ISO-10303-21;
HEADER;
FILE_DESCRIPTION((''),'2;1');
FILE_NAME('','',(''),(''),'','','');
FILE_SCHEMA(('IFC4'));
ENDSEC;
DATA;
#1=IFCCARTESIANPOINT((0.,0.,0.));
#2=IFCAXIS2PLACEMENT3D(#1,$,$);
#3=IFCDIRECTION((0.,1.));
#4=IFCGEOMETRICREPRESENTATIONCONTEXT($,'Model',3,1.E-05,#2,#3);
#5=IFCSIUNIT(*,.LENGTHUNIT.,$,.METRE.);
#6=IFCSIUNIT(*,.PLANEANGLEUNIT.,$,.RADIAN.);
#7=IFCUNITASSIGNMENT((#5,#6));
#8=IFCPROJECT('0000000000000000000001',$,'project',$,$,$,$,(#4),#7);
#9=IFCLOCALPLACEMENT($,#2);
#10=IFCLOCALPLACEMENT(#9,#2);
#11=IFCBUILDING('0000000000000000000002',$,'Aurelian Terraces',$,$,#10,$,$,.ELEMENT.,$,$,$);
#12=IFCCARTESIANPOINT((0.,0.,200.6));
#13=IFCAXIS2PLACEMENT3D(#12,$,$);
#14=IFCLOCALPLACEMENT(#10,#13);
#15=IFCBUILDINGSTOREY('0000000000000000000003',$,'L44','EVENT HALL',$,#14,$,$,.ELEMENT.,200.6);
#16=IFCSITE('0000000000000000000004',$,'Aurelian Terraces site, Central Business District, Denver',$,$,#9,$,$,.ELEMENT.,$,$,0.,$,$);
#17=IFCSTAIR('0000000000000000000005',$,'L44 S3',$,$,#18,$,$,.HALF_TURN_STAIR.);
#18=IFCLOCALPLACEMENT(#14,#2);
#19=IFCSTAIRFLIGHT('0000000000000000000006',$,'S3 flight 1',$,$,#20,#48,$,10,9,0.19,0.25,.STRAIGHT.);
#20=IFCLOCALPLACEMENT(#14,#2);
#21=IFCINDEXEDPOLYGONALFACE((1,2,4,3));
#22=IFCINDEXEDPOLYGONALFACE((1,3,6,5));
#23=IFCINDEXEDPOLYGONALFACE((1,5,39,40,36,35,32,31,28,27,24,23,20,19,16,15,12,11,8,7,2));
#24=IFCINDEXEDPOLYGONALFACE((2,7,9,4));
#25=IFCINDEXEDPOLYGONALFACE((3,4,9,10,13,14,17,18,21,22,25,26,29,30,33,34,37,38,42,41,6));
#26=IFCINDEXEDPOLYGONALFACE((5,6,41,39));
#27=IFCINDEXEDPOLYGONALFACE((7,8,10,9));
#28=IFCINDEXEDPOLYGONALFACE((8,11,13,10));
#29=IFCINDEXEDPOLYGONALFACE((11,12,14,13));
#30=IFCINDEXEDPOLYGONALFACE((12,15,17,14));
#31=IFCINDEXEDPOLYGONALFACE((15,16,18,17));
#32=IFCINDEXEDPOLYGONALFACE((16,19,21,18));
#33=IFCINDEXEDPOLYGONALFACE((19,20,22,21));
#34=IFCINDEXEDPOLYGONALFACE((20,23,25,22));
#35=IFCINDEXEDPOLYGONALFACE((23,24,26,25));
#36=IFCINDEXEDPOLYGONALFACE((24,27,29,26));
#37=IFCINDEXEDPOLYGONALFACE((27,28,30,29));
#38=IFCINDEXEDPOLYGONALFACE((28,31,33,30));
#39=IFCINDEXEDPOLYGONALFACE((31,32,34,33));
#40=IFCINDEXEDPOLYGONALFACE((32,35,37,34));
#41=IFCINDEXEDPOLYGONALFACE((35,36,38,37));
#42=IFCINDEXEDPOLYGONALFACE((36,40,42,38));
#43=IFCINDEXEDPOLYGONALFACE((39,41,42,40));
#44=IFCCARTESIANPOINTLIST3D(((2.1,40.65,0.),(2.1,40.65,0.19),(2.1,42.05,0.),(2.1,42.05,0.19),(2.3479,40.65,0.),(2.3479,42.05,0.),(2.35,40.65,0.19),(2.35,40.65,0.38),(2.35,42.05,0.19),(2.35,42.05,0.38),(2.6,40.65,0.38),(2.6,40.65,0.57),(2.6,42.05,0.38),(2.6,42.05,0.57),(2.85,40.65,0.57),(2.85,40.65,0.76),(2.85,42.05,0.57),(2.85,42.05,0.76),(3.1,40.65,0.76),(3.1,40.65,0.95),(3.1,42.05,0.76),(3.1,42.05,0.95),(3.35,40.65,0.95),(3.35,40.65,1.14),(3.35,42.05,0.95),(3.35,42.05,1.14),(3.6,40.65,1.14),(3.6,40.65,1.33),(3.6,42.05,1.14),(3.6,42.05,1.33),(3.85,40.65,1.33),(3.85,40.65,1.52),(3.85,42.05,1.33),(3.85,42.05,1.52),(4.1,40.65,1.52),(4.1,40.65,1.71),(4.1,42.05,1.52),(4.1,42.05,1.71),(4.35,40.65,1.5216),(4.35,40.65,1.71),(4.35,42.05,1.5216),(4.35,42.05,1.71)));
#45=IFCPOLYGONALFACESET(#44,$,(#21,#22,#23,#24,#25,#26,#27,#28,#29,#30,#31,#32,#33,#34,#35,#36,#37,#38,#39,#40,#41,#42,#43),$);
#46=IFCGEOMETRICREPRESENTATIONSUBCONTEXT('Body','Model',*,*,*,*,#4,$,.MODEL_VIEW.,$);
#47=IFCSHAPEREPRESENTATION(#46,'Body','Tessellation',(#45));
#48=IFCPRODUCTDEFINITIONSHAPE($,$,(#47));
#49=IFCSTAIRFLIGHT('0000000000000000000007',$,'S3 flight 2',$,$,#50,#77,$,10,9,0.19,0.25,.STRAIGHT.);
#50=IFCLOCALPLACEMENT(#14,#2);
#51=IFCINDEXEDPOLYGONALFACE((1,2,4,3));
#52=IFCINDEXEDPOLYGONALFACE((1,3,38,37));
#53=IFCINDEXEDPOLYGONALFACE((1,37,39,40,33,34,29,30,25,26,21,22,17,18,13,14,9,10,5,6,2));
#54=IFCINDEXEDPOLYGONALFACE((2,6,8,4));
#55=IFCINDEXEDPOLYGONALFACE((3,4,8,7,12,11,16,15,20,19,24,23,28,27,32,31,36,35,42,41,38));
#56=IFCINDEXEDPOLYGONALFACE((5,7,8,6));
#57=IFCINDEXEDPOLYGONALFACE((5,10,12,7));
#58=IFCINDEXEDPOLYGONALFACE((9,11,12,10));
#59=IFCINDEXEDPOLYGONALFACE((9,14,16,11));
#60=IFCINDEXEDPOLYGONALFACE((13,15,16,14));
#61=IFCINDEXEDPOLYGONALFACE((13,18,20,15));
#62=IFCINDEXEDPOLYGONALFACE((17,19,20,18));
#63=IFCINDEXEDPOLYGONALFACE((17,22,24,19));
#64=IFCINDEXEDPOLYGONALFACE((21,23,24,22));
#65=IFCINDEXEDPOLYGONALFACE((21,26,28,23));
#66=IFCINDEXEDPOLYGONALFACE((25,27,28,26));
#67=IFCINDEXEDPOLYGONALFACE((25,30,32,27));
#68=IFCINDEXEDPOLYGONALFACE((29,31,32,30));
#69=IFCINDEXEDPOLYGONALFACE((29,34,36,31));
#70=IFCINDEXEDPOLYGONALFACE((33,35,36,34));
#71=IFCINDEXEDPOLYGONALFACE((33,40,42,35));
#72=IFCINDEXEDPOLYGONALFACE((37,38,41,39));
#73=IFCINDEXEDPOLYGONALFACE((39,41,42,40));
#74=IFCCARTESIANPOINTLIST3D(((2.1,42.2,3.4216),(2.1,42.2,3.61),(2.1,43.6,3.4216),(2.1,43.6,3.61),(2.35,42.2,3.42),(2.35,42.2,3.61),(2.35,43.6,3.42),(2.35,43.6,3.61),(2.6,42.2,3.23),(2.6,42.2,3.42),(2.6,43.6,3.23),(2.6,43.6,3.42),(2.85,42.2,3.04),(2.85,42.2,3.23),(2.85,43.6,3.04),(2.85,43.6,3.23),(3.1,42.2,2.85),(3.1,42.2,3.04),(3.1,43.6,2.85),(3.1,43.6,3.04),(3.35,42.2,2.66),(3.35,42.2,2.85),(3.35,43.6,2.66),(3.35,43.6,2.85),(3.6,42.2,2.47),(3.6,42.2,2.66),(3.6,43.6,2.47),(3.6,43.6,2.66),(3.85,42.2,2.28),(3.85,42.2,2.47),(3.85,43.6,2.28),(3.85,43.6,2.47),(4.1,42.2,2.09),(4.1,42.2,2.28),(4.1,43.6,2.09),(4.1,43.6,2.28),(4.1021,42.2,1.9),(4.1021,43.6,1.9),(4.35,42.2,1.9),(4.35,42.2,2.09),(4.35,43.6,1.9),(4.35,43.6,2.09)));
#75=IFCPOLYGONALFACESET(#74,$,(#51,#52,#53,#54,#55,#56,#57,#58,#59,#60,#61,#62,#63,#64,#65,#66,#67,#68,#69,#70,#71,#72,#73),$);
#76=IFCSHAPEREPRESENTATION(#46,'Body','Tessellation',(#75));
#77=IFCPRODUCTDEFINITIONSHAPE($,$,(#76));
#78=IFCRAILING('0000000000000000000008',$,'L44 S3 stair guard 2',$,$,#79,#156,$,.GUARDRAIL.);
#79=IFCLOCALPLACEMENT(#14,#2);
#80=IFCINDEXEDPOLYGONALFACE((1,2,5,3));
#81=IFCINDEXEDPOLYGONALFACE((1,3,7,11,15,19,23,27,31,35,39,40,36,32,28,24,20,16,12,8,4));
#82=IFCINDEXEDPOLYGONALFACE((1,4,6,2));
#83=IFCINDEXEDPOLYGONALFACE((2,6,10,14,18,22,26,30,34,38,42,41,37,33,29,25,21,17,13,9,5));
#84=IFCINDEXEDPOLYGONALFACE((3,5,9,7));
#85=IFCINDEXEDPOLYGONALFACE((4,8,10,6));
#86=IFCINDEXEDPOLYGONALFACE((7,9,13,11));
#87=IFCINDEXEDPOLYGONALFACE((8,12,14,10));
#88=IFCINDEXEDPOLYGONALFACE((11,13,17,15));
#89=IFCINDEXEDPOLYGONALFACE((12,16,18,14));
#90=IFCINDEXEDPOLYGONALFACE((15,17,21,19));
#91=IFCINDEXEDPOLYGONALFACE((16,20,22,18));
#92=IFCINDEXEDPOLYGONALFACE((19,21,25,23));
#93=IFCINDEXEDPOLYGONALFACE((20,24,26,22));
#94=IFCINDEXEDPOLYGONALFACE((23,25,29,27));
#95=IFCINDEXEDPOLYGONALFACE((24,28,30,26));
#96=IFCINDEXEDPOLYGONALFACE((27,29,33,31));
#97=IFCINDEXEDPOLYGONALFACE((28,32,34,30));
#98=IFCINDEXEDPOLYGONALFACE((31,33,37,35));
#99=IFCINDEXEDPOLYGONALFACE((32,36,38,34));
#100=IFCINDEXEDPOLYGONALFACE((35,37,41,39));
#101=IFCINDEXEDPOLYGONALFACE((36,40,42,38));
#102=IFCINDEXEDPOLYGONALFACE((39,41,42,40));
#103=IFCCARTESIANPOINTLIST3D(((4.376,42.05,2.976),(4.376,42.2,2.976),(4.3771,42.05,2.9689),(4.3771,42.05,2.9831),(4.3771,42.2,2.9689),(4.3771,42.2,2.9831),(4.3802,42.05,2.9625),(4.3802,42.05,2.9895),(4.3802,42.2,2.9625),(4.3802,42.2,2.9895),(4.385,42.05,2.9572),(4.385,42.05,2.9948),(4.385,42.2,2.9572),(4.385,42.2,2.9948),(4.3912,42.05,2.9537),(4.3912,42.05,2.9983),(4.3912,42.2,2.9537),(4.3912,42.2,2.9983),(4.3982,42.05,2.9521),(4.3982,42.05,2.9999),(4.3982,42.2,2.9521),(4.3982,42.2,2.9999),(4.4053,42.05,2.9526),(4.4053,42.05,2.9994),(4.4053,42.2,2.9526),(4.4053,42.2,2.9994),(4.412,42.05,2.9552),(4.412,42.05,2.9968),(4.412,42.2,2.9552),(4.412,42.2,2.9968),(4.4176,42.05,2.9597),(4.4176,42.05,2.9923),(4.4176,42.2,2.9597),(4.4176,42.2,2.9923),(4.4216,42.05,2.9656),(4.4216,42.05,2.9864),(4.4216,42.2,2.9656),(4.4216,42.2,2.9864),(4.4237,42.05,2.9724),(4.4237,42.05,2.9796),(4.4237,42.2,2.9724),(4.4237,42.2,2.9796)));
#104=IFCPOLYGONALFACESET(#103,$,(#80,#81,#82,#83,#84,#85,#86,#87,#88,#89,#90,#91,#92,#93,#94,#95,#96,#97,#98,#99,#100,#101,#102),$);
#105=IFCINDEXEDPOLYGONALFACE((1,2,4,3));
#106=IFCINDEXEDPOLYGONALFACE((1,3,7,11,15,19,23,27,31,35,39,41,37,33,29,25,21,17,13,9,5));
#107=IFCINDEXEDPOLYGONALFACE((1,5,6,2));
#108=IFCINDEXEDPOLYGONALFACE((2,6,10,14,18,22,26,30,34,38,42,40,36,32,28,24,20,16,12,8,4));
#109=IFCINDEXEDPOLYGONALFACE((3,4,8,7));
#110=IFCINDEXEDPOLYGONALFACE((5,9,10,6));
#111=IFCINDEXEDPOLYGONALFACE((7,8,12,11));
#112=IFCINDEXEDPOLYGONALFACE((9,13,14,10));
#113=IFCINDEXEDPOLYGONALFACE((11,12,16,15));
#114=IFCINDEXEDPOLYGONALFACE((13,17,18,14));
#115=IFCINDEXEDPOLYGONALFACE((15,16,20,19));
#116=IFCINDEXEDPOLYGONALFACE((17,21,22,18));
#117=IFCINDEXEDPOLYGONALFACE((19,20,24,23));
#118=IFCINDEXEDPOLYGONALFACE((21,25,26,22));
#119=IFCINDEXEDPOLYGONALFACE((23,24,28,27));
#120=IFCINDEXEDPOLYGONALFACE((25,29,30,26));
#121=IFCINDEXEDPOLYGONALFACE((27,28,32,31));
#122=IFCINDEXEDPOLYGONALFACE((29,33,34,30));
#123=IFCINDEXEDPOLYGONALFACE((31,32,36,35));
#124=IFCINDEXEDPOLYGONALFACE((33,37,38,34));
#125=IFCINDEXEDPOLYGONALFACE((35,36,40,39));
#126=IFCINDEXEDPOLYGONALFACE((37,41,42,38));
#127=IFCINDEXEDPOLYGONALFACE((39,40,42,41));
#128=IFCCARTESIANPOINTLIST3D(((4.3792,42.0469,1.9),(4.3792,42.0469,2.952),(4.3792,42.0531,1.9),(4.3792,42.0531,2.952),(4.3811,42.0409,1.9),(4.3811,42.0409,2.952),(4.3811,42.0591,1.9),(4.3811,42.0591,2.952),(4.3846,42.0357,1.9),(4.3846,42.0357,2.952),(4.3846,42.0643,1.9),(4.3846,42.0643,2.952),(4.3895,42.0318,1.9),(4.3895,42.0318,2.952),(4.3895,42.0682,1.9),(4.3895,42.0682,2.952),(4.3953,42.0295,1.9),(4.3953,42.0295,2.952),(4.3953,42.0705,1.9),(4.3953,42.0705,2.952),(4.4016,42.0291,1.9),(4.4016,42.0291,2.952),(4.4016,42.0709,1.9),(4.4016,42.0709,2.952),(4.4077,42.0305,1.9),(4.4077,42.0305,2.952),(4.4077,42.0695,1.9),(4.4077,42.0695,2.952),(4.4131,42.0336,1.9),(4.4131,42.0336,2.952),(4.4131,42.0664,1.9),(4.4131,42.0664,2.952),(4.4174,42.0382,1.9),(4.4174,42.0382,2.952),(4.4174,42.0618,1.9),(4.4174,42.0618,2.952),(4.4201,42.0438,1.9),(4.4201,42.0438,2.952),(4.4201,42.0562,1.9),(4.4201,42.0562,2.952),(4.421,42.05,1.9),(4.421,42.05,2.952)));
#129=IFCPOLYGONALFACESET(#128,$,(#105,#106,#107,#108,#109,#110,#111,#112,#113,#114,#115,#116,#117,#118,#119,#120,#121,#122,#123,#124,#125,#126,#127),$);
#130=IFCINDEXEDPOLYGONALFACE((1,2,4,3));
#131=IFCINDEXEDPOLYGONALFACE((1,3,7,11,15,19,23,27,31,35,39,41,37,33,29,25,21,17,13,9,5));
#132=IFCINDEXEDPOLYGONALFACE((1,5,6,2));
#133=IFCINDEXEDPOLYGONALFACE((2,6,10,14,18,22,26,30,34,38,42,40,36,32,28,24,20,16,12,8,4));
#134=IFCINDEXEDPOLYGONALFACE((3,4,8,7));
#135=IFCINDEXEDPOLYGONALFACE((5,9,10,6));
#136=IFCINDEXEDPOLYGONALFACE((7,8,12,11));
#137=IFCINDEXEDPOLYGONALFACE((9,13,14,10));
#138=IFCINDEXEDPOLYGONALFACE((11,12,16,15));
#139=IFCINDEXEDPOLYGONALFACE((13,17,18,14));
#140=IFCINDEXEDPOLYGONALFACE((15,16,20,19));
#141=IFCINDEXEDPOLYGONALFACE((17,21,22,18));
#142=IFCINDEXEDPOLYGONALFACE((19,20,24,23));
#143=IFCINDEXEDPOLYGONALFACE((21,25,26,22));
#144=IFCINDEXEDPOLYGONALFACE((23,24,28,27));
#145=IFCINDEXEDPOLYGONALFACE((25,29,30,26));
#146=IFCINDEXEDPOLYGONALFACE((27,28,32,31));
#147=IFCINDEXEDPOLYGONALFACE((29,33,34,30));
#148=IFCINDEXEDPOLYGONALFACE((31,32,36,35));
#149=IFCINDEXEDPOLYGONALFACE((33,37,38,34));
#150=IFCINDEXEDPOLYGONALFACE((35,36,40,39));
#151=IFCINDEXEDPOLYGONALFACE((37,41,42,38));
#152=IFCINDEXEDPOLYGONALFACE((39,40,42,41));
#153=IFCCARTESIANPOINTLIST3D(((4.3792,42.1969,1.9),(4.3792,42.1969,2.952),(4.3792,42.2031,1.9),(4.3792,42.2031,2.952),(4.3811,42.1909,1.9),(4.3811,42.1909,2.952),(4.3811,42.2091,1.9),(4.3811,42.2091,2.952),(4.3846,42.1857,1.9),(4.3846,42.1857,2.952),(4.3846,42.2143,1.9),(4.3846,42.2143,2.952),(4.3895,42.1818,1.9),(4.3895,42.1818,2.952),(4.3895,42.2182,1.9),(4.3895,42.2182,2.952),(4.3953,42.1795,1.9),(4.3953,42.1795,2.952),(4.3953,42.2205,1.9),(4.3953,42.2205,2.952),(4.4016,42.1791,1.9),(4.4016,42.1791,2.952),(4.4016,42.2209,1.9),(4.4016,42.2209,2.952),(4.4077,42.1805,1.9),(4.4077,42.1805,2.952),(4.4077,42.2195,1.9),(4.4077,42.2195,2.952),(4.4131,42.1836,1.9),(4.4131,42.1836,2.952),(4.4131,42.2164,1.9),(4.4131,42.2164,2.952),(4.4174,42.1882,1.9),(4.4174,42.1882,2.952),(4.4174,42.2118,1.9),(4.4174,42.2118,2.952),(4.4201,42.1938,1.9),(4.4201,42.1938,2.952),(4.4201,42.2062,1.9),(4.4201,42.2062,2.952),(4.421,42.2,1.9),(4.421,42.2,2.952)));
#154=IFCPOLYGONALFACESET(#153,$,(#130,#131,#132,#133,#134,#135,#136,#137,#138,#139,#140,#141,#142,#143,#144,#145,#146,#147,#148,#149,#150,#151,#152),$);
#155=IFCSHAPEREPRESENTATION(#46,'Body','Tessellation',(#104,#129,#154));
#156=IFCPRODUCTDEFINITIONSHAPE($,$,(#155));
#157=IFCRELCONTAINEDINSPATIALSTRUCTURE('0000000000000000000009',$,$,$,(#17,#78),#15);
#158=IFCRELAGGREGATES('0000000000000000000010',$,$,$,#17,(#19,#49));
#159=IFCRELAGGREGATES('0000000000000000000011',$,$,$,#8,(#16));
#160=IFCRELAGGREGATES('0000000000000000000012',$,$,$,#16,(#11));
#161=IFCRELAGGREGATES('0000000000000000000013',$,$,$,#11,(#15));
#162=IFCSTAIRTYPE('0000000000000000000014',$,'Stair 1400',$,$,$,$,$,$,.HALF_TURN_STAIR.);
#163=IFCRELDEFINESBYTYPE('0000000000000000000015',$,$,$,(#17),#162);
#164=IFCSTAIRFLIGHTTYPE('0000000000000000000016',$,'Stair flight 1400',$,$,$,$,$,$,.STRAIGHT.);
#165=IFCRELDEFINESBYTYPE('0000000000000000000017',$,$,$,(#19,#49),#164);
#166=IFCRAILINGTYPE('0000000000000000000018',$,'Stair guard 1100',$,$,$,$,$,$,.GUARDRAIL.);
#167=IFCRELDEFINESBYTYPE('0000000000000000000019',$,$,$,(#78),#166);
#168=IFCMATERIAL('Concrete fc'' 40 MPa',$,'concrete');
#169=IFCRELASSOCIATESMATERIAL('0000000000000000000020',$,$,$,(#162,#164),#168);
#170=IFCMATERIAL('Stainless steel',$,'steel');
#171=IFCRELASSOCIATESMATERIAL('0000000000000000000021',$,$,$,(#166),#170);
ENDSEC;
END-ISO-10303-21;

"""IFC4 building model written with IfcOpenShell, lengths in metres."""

from ifc_helpers import new_model, si_unit, direction, frame, origin, origin_2d, place, context, subcontext, project, spatial, polyline, circle, outline, extrude, source, transform, mapped, material, type_object, element, aggregate, save


model = new_model("IFC4")

# Units and contexts
model_context = context("Model", 3, precision=1e-05, world=origin(), true_north=direction((0.0, 1.0)))
body_context = subcontext(model_context, "Body", "Model", "MODEL_VIEW")
ifc_project = project(units=[si_unit("LENGTHUNIT", "METRE"), si_unit("PLANEANGLEUNIT", "RADIAN")], contexts=[model_context])

# Site, building, storey
site_placement = place(None, origin())
site = spatial("IfcSite", under=ifc_project, at=site_placement, Name="Aurelian Terraces site, Central Business District, Denver", CompositionType="ELEMENT", RefElevation=0.0)
building_placement = place(site_placement, origin())
building = spatial("IfcBuilding", under=site, at=building_placement, Name="Aurelian Terraces", CompositionType="ELEMENT")
storey_placement = place(building_placement, frame((0.0, 0.0, 200.6)))
storey = spatial("IfcBuildingStorey", under=building, at=storey_placement, Name="L44", Description="EVENT HALL", CompositionType="ELEMENT", Elevation=200.6)

# Shared definitions
ifc_material_1 = material(Name="Concrete fc' 40 MPa", Category="concrete")

# Stair, stair flights
stair_type = type_object("IfcStairType", Name="Stair 1400", PredefinedType="HALF_TURN_STAIR", material=ifc_material_1)
stair_placement = place(storey_placement, origin())
stair = element("IfcStair", 1, at=stair_placement, inside=storey, type_object=stair_type, Name="L44 S3", PredefinedType="HALF_TURN_STAIR")
stair_flight_type = type_object("IfcStairFlightType", Name="Stair flight 1400", PredefinedType="STRAIGHT", material=ifc_material_1)
shared_shape_1 = source(origin(), body_context, "Body", "SweptSolid", [
    extrude(outline(polyline([(0.0, 0.0), (0.0, 0.19), (0.25, 0.19), (0.25, 0.38), (0.5, 0.38), (0.5, 0.57), (0.75, 0.57), (0.75, 0.76), (1.0, 0.76), (1.0, 0.95), (1.25, 0.95), (1.25, 1.14), (1.5, 1.14), (1.5, 1.33), (1.75, 1.33), (1.75, 1.52), (2.0, 1.52), (2.0, 1.71), (2.25, 1.71), (2.25, 1.9), (2.25, 1.5216), (0.2479, 0.0), (0.0, 0.0)])), frame((0.0, 0.7, 0.0), z_axis=(0.0, -1.0, 0.0), x_axis=(1.0, 0.0, 0.0)), (0.0, 0.0, 1.0), 1.4),
])
stair_flight_1_placement = place(storey_placement, frame((2.1, 41.35, 0.0), z_axis=(0.0, 0.0, 1.0), x_axis=(1.0, 0.0, 0.0)))
stair_flight_1 = element("IfcStairFlight", 2, at=stair_flight_1_placement, type_object=stair_flight_type, Name="S3 flight 1", NumberOfRisers=10, NumberOfTreads=9, PredefinedType="STRAIGHT", RiserHeight=0.19, TreadLength=0.25, context=body_context, shape_type="MappedRepresentation", body=[
    mapped(shared_shape_1, transform((0.0, 0.0, 0.0), scale=1.0)),
])
stair_flight_2_placement = place(storey_placement, frame((4.35, 42.9, 1.9), z_axis=(0.0, 0.0, 1.0), x_axis=(-1.0, 0.0, 0.0)))
stair_flight_2 = element("IfcStairFlight", 3, at=stair_flight_2_placement, type_object=stair_flight_type, Name="S3 flight 2", NumberOfRisers=10, NumberOfTreads=9, PredefinedType="STRAIGHT", RiserHeight=0.19, TreadLength=0.25, context=body_context, shape_type="MappedRepresentation", body=[
    mapped(shared_shape_1, transform((0.0, 0.0, 0.0), scale=1.0)),
])
aggregate(stair, [stair_flight_1, stair_flight_2])

# Railing
ifc_material_2 = material(Name="Stainless steel", Category="steel")
railing_type_1 = type_object("IfcRailingType", Name="Stair guard 1100", PredefinedType="GUARDRAIL", material=ifc_material_2)
shared_shape_2 = source(origin(), body_context, "Body", "SweptSolid", [
    extrude(circle(Radius=0.024, at=origin_2d()), frame((0.0, 0.0, 1.076), z_axis=(0.0, 1.0, 0.0), x_axis=(-1.0, 0.0, 0.0)), (0.0, 0.0, 1.0), 0.15),
    extrude(circle(Radius=0.021, at=origin_2d()), origin(), (0.0, 0.0, 1.0), 1.052),
    extrude(circle(Radius=0.021, at=origin_2d()), frame((0.0, 0.15, 0.0)), (0.0, 0.0, 1.0), 1.052),
])
for number, where, name in (
    (4, (4.4, 42.05, 1.9), "L44 S3 stair guard 2"),
):
    element("IfcRailing", number, at=place(storey_placement, frame(where)), inside=storey, type_object=railing_type_1, Name=name, PredefinedType="GUARDRAIL", context=body_context, shape_type="MappedRepresentation", body=[
        mapped(shared_shape_2, transform((0.0, 0.0, 0.0), scale=1.0)),
    ])

save(model, "model.ifc")
